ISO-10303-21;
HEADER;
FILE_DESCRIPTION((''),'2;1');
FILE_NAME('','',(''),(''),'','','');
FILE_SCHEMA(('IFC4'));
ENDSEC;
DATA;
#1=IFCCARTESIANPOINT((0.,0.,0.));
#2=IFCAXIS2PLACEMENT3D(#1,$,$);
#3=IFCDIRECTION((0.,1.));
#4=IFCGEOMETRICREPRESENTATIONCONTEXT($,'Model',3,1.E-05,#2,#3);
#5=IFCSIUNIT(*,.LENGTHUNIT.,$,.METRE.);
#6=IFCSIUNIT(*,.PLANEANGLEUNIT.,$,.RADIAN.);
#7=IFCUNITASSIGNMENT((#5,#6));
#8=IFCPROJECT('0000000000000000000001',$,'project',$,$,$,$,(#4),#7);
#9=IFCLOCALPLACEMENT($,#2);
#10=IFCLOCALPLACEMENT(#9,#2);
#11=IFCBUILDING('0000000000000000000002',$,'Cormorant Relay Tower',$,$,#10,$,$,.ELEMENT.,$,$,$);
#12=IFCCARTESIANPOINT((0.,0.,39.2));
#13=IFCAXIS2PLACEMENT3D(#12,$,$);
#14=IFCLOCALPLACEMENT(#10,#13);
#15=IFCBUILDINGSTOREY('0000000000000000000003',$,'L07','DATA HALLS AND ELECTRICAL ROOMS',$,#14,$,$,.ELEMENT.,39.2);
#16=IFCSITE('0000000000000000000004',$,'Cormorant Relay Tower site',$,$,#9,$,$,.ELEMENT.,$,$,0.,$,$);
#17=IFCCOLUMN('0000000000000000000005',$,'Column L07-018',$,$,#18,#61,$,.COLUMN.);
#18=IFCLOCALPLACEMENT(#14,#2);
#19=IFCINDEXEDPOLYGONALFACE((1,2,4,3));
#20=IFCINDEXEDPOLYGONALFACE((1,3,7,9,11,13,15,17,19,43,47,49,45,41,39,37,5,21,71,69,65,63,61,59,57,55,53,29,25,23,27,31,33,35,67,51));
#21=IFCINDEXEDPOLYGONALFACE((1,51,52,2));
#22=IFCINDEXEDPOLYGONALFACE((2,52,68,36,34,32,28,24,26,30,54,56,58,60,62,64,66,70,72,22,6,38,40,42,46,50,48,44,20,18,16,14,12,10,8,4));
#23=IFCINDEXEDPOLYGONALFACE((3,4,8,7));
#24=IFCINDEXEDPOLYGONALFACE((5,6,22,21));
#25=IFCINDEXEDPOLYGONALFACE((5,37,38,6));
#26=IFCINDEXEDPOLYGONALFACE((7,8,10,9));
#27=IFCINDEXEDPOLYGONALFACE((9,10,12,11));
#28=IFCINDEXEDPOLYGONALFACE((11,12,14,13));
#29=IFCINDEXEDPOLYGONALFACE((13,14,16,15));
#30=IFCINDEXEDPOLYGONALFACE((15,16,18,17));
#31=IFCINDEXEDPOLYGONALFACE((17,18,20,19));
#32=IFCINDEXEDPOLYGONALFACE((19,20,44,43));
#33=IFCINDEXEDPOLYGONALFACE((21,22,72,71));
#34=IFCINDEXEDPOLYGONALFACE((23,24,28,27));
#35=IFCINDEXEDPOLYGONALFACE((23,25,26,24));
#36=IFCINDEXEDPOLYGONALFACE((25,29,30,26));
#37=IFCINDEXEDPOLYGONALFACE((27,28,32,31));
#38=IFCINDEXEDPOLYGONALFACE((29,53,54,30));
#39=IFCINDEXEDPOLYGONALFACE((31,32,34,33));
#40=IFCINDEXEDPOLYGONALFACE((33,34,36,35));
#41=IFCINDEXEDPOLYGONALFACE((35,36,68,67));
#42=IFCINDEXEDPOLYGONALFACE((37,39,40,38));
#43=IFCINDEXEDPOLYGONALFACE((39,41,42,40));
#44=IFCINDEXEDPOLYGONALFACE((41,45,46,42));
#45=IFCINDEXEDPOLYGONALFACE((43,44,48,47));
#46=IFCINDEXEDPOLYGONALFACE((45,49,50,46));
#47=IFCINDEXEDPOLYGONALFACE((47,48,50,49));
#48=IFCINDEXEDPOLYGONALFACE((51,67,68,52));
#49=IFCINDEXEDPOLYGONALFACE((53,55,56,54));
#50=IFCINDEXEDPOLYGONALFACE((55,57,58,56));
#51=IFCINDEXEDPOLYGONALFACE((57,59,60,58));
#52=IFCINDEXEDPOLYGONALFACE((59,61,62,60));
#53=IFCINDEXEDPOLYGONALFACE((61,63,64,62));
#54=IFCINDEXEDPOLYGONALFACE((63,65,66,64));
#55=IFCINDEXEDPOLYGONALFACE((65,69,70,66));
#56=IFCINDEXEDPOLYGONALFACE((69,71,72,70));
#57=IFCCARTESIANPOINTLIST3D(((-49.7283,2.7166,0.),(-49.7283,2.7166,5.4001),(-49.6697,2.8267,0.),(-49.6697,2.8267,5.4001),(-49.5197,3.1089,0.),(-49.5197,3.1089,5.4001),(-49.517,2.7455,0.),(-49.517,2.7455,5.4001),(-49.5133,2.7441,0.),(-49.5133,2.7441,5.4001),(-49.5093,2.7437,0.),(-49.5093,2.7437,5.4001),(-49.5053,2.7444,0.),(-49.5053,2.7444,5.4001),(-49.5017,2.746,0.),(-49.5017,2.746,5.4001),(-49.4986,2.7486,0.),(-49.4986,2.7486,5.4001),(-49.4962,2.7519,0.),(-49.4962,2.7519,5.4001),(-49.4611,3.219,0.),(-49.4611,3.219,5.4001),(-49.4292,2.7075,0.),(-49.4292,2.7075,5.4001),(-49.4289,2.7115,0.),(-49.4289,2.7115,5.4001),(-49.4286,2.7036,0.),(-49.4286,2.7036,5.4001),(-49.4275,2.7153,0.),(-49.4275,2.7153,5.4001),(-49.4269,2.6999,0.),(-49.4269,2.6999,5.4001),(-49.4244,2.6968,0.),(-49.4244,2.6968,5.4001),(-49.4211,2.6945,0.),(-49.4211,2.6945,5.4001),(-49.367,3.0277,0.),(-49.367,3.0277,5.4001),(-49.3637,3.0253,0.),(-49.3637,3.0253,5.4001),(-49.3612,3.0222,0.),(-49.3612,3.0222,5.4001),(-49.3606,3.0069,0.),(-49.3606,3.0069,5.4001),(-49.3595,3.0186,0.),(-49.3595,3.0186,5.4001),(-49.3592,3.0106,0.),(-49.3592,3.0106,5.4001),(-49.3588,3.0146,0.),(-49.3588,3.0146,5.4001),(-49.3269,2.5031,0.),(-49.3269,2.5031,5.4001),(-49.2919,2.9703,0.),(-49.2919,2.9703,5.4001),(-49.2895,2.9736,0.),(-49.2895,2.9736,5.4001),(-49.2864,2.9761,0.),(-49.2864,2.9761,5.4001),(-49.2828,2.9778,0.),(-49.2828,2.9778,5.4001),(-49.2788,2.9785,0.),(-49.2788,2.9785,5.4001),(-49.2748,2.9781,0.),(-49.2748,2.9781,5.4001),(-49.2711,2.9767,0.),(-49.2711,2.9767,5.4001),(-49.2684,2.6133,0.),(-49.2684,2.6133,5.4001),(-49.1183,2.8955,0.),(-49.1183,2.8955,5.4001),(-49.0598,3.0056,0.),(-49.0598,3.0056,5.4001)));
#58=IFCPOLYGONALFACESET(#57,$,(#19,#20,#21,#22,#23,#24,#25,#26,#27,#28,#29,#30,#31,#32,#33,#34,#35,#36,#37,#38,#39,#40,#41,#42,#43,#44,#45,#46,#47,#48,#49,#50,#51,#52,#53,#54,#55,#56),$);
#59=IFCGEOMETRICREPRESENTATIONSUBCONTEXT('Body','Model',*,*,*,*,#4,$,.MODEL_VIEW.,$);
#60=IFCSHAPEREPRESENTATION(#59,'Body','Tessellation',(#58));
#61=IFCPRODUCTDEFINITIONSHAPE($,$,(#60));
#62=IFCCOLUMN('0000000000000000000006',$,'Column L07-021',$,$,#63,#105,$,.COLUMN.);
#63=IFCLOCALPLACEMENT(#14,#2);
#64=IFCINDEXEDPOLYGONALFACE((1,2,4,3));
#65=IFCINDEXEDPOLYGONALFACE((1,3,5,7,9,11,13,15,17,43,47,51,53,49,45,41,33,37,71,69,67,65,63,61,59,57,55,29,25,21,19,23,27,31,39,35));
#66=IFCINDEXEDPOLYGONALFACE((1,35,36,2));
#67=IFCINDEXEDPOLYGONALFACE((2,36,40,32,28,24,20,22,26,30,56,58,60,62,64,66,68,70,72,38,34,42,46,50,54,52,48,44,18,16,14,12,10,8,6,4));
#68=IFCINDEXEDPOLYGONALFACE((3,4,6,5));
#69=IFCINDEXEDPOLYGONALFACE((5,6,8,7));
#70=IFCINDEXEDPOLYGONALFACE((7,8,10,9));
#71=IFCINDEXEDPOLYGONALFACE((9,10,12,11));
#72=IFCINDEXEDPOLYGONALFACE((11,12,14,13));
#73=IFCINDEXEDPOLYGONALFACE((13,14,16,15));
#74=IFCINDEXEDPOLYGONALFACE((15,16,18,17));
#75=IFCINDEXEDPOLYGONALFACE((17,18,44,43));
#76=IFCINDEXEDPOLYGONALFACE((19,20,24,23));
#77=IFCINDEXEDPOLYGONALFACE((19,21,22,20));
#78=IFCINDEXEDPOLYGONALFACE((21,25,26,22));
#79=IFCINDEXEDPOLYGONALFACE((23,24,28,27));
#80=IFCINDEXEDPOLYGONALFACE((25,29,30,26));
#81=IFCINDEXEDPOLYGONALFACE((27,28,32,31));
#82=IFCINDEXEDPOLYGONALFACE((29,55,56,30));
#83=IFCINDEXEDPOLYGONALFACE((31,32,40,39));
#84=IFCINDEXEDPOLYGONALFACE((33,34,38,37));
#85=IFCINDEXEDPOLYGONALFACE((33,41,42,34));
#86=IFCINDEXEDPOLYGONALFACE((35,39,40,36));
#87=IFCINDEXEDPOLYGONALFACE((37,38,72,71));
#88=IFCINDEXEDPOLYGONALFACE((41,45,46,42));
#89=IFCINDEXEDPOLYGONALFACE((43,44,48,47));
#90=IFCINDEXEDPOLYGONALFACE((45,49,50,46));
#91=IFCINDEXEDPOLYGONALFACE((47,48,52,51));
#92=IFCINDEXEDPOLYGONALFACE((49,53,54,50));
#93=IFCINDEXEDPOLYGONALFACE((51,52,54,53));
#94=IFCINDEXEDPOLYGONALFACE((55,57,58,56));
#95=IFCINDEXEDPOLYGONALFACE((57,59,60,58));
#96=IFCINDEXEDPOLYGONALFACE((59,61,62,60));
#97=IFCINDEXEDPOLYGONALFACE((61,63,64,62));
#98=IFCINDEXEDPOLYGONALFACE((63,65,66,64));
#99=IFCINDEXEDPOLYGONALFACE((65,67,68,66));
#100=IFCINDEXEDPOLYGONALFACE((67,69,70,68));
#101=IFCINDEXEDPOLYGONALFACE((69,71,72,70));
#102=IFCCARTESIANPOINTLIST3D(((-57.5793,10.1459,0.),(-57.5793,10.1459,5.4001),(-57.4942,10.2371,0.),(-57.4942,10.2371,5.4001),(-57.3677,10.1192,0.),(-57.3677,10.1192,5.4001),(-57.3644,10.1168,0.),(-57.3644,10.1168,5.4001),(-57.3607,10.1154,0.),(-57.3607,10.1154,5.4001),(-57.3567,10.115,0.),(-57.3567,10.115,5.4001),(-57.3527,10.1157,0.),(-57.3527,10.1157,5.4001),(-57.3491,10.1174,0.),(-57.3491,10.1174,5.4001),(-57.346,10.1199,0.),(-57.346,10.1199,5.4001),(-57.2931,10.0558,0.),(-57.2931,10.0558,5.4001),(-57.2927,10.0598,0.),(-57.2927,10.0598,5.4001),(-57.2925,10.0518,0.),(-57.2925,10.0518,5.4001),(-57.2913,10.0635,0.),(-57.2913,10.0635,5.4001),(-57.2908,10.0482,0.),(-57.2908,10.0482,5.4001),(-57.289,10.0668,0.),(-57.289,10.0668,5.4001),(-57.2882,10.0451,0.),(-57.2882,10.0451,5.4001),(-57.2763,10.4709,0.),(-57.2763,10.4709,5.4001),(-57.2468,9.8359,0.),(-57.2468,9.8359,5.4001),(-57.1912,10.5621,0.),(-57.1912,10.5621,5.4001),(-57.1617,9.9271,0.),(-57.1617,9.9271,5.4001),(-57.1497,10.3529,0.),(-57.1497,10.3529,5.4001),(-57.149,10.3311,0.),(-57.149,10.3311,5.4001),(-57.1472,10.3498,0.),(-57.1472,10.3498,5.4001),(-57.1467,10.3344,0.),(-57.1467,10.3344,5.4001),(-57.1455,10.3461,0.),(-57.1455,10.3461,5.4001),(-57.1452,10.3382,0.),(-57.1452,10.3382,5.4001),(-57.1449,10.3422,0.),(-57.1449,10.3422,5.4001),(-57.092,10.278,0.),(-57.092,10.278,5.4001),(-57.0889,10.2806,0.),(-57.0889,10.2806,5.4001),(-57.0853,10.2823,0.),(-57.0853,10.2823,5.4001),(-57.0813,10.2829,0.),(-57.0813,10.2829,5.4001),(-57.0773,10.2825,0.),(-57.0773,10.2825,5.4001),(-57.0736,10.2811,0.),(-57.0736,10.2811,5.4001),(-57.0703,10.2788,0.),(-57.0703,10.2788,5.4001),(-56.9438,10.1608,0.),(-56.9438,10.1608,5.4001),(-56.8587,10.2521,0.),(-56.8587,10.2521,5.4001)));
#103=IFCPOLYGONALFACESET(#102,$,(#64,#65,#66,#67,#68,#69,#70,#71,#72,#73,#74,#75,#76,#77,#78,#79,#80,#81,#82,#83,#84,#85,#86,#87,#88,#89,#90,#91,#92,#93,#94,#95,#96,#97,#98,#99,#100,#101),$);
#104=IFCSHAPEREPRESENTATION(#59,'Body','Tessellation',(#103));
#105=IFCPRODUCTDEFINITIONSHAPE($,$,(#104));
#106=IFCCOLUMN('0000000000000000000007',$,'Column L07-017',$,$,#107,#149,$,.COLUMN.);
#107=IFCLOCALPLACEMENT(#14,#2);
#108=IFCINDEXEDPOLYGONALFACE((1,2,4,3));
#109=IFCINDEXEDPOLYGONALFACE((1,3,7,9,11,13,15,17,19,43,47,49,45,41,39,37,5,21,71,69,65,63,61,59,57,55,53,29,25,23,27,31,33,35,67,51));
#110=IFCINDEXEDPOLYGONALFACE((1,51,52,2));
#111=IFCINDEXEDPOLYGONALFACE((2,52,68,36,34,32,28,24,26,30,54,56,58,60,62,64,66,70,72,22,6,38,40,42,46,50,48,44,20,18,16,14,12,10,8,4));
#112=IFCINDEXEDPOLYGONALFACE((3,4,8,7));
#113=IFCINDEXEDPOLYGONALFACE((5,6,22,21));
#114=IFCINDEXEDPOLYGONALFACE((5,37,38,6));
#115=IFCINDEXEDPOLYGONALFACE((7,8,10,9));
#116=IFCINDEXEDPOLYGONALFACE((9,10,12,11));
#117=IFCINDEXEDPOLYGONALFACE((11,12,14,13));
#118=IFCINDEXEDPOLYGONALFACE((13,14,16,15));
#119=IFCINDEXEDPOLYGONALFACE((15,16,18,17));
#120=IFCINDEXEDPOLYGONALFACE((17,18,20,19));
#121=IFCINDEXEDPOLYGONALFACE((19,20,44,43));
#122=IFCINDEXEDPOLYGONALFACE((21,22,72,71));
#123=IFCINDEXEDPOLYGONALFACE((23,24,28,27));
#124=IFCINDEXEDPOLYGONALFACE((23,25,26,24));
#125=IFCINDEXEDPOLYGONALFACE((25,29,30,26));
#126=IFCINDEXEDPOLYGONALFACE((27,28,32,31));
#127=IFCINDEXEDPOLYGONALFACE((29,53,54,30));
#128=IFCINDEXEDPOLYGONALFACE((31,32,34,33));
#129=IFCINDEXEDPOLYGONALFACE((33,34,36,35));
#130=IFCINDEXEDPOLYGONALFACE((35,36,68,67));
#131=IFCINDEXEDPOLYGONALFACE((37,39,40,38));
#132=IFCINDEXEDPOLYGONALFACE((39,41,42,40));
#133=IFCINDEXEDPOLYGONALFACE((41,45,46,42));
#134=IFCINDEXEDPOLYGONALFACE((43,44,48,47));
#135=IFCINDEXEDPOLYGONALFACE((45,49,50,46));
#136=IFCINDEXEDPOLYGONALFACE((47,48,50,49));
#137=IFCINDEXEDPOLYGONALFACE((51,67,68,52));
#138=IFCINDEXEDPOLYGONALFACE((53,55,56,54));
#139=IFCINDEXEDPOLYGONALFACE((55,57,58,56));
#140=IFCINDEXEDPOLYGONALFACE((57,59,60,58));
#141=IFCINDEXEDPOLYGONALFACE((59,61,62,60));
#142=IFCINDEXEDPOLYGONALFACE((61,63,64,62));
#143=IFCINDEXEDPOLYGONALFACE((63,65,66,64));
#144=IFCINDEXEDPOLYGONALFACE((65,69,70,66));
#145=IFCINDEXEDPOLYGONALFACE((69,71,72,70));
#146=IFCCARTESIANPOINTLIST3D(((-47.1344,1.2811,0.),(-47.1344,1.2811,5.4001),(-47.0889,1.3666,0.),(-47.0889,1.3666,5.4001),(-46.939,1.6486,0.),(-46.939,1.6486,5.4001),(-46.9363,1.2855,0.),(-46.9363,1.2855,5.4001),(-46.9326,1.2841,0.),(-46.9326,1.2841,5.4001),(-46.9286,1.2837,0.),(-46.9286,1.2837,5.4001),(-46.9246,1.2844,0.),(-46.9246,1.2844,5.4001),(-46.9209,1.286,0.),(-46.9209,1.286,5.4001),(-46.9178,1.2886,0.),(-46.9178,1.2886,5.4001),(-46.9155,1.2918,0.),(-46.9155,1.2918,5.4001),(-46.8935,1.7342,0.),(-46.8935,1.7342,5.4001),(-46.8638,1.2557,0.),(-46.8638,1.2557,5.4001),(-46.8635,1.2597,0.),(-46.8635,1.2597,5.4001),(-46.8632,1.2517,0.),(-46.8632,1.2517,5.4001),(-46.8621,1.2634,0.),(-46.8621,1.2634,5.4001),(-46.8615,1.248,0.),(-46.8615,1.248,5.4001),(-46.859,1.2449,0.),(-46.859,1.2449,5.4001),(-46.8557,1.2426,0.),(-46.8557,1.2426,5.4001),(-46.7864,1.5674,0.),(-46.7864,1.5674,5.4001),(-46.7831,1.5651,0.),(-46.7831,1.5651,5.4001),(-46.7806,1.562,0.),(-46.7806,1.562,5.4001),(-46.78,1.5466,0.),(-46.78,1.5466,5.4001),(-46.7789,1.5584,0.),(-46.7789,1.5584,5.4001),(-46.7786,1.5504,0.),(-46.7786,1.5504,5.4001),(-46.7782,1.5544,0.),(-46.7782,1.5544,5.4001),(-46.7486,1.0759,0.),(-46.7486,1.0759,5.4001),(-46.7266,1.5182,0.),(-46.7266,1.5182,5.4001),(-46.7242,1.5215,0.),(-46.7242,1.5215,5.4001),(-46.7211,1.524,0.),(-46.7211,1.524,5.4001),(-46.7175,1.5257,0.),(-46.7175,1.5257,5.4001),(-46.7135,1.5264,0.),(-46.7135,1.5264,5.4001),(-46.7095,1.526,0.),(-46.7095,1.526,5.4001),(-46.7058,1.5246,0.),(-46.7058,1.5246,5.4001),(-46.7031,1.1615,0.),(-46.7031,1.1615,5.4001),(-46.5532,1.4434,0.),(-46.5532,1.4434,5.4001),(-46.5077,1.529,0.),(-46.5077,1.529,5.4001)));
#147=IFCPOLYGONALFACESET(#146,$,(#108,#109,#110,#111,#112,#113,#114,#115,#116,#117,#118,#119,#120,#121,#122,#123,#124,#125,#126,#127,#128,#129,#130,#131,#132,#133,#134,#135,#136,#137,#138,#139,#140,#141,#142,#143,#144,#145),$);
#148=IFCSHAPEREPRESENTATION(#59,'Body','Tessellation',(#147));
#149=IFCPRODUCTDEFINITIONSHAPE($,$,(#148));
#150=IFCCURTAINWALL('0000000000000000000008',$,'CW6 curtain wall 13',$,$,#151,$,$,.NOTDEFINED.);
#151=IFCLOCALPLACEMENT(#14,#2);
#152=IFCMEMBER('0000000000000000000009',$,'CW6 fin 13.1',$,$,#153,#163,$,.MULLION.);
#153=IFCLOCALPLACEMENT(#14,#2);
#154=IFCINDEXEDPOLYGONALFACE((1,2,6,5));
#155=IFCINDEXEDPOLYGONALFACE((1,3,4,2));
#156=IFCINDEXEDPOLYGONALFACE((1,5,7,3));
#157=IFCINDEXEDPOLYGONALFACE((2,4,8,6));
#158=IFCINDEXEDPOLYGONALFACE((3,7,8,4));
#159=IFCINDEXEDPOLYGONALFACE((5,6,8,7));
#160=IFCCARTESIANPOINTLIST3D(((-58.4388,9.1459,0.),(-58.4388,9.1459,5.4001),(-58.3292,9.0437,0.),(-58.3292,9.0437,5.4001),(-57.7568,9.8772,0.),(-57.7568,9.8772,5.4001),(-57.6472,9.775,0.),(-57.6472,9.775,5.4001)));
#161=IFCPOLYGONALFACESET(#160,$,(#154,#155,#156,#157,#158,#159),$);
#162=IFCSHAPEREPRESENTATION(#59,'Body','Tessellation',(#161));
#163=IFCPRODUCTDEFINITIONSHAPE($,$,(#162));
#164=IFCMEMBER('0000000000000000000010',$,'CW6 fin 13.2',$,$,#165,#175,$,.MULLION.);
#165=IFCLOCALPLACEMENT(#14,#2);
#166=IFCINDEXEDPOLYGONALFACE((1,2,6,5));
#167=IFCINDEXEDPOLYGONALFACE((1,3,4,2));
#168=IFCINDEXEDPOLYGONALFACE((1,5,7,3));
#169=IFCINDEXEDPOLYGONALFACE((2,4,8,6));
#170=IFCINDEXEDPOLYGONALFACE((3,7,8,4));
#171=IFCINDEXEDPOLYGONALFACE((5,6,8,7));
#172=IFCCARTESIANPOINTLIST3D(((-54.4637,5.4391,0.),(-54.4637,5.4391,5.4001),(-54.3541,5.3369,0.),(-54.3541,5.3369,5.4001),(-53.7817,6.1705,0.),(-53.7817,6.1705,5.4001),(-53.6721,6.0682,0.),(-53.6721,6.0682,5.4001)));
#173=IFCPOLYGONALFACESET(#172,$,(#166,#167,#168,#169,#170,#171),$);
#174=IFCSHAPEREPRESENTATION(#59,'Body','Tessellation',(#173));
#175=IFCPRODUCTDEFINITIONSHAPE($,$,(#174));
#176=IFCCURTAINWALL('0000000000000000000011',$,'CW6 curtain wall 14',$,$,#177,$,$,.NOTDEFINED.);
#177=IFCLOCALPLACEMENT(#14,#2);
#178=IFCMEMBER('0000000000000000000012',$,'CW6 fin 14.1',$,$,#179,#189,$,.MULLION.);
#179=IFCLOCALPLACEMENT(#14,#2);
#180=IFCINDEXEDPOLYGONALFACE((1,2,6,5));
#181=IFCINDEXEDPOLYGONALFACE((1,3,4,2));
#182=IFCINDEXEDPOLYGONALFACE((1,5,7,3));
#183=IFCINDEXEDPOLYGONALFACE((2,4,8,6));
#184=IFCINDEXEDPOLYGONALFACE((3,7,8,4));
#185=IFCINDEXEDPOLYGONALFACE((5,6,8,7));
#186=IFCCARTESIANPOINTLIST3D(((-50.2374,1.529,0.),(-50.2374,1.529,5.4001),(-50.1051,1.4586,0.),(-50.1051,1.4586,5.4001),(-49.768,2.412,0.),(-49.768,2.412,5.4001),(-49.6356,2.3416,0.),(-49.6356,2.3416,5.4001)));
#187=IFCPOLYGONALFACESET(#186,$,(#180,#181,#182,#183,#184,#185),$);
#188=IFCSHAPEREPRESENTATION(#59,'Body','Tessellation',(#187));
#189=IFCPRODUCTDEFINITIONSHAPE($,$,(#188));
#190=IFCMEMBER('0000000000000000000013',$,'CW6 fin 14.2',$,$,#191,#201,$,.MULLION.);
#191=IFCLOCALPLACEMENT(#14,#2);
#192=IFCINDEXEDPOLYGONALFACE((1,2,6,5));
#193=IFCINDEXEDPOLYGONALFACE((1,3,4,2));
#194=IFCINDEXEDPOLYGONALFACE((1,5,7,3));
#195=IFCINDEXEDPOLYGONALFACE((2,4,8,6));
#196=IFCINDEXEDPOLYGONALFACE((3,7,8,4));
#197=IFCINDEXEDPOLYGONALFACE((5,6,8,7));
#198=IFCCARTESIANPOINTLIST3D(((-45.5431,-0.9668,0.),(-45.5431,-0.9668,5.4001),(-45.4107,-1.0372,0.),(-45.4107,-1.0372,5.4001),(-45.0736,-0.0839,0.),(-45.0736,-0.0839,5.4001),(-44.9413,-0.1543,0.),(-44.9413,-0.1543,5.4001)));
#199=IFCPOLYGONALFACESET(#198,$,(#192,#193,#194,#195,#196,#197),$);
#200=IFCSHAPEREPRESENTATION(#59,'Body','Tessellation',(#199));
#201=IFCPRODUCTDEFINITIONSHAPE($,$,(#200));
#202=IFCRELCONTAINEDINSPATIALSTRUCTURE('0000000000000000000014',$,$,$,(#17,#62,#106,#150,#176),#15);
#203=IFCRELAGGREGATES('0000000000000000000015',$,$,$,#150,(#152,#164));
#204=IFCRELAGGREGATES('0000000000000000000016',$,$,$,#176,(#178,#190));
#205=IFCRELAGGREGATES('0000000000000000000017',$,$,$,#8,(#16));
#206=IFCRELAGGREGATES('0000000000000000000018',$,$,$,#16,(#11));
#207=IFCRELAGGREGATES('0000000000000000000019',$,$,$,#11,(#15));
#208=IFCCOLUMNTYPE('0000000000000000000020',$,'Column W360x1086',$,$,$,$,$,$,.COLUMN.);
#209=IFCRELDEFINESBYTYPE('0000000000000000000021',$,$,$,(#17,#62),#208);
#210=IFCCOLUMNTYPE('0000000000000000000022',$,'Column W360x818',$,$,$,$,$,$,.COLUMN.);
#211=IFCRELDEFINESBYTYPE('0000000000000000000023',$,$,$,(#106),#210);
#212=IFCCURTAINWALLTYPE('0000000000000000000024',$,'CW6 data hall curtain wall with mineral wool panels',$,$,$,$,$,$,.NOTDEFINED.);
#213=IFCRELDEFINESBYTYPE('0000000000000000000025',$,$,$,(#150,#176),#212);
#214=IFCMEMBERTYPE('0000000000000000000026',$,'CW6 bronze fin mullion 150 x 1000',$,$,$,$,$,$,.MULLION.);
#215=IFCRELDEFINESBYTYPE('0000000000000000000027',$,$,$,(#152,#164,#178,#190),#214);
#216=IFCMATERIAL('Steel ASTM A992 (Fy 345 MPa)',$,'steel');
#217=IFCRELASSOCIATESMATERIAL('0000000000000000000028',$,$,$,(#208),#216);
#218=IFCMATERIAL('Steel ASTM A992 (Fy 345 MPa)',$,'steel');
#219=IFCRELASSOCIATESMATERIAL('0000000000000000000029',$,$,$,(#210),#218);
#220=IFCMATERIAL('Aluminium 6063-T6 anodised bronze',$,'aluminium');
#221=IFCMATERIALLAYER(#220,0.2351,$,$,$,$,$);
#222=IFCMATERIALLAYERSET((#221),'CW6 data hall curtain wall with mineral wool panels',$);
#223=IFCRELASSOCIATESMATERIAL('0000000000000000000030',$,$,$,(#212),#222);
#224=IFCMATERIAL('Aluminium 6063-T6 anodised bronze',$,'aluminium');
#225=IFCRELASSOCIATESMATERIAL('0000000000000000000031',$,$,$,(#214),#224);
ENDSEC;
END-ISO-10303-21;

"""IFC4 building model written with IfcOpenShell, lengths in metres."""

from ifc_helpers import new_model, si_unit, direction, frame, origin, origin_2d, place, context, subcontext, project, spatial, rectangle, i_section, extrude, material, layer, layer_set, material_profile, profile_set, type_object, element, aggregate, save


model = new_model("IFC4")

# Units and contexts
model_context = context("Model", 3, precision=1e-05, world=origin(), true_north=direction((0.0, 1.0)))
body_context = subcontext(model_context, "Body", "Model", "MODEL_VIEW")
ifc_project = project(units=[si_unit("LENGTHUNIT", "METRE"), si_unit("PLANEANGLEUNIT", "RADIAN")], contexts=[model_context])

# Site, building, storey
site_placement = place(None, origin())
site = spatial("IfcSite", under=ifc_project, at=site_placement, Name="Cormorant Relay Tower site", CompositionType="ELEMENT", RefElevation=0.0)
building_placement = place(site_placement, origin())
building = spatial("IfcBuilding", under=site, at=building_placement, Name="Cormorant Relay Tower", CompositionType="ELEMENT")
storey_placement = place(building_placement, frame((0.0, 0.0, 39.2)))
storey = spatial("IfcBuildingStorey", under=building, at=storey_placement, Name="L07", Description="DATA HALLS AND ELECTRICAL ROOMS", CompositionType="ELEMENT", Elevation=39.2)

# Columns
ifc_material_1 = material(Name="Steel ASTM A992 (Fy 345 MPa)", Category="steel")
ifc_material_profile_1 = material_profile(ifc_material_1, i_section(OverallWidth=0.4546, OverallDepth=0.5691, WebThickness=0.0779, FlangeThickness=0.1248, FilletRadius=0.0154, at=origin_2d()), Name="W360x1086")
ifc_profile_set_1 = profile_set([ifc_material_profile_1], Name="Steel ASTM A992 (Fy 345 MPa)")
column_type_1 = type_object("IfcColumnType", Name="Column W360x1086", PredefinedType="COLUMN", material=ifc_profile_set_1)
for number, where, z_axis, x_axis, name in (
    (1, (-49.394, 2.8611, 0.0), (0.0, 0.0, 1.0), (0.882948, -0.469472, 0.0), "Column L07-018"),
    (2, (-57.219, 10.199, 0.0), (0.0, 0.0, 1.0), (0.731354, -0.681998, 0.0), "Column L07-021"),
):
    element("IfcColumn", number, at=place(storey_placement, frame(where, z_axis=z_axis, x_axis=x_axis)), inside=storey, type_object=column_type_1, Name=name, PredefinedType="COLUMN", context=body_context, shape_type="SweptSolid", body=[
        extrude(i_section(OverallWidth=0.4546, OverallDepth=0.5691, WebThickness=0.0779, FlangeThickness=0.1248, FilletRadius=0.0154, at=origin_2d()), origin(), (0.0, 0.0, 1.0), 5.4001),
    ])
ifc_material_2 = material(Name="Steel ASTM A992 (Fy 345 MPa)", Category="steel")
ifc_material_profile_2 = material_profile(ifc_material_2, i_section(OverallWidth=0.437, OverallDepth=0.5132, WebThickness=0.0605, FlangeThickness=0.0969, FilletRadius=0.0154, at=origin_2d()), Name="W360x818")
ifc_profile_set_2 = profile_set([ifc_material_profile_2], Name="Steel ASTM A992 (Fy 345 MPa)")
column_type_2 = type_object("IfcColumnType", Name="Column W360x818", PredefinedType="COLUMN", material=ifc_profile_set_2)
column_placement = place(storey_placement, frame((-46.821, 1.405, 0.0), z_axis=(0.0, 0.0, 1.0), x_axis=(0.882948, -0.469472, 0.0)))
element("IfcColumn", 3, at=column_placement, inside=storey, type_object=column_type_2, Name="Column L07-017", PredefinedType="COLUMN", context=body_context, shape_type="SweptSolid", body=[
    extrude(i_section(OverallWidth=0.437, OverallDepth=0.5132, WebThickness=0.0605, FlangeThickness=0.0969, FilletRadius=0.0154, at=origin_2d()), origin(), (0.0, 0.0, 1.0), 5.4001),
])

# Curtain walls, members
ifc_material_3 = material(Name="Aluminium 6063-T6 anodised bronze", Category="aluminium")
ifc_layer_1 = layer(ifc_material_3, 0.2351)
ifc_layer_set_1 = layer_set([ifc_layer_1], Name="CW6 data hall curtain wall with mineral wool panels")
curtain_wall_type = type_object("IfcCurtainWallType", Name="CW6 data hall curtain wall with mineral wool panels", PredefinedType="NOTDEFINED", material=ifc_layer_set_1)
curtain_wall_1_placement = place(storey_placement, origin())
curtain_wall_1 = element("IfcCurtainWall", 4, at=curtain_wall_1_placement, inside=storey, type_object=curtain_wall_type, Name="CW6 curtain wall 13", PredefinedType="NOTDEFINED")
ifc_material_4 = material(Name="Aluminium 6063-T6 anodised bronze", Category="aluminium")
ifc_material_profile_3 = material_profile(ifc_material_4, rectangle(XDim=0.1499, YDim=1.0, at=origin_2d()), Name="AL 150x1000")
ifc_profile_set_3 = profile_set([ifc_material_profile_3], Name="Aluminium 6063-T6 anodised bronze")
member_type_1 = type_object("IfcMemberType", Name="CW6 bronze fin mullion 150 x 1000", PredefinedType="MULLION", material=ifc_profile_set_3)
member_1_placement = place(storey_placement, frame((-58.043, 9.4604, 0.0), z_axis=(0.0, 0.0, 1.0), x_axis=(0.731354, -0.681998, 0.0)))
member_1 = element("IfcMember", 5, at=member_1_placement, type_object=member_type_1, Name="CW6 fin 13.1", PredefinedType="MULLION", context=body_context, shape_type="SweptSolid", body=[
    extrude(rectangle(XDim=0.1499, YDim=1.0, at=origin_2d()), origin(), (0.0, 0.0, 1.0), 5.4001),
])
member_2_placement = place(storey_placement, frame((-54.0679, 5.7537, 0.0), z_axis=(0.0, 0.0, 1.0), x_axis=(0.731354, -0.681998, 0.0)))
member_2 = element("IfcMember", 6, at=member_2_placement, type_object=member_type_1, Name="CW6 fin 13.2", PredefinedType="MULLION", context=body_context, shape_type="SweptSolid", body=[
    extrude(rectangle(XDim=0.1499, YDim=1.0, at=origin_2d()), origin(), (0.0, 0.0, 1.0), 5.4001),
])
curtain_wall_2_placement = place(storey_placement, origin())
curtain_wall_2 = element("IfcCurtainWall", 7, at=curtain_wall_2_placement, inside=storey, type_object=curtain_wall_type, Name="CW6 curtain wall 14", PredefinedType="NOTDEFINED")
member_3_placement = place(storey_placement, frame((-49.9365, 1.9353, 0.0), z_axis=(0.0, 0.0, 1.0), x_axis=(0.882948, -0.469472, 0.0)))
member_3 = element("IfcMember", 8, at=member_3_placement, type_object=member_type_1, Name="CW6 fin 14.1", PredefinedType="MULLION", context=body_context, shape_type="SweptSolid", body=[
    extrude(rectangle(XDim=0.1499, YDim=1.0, at=origin_2d()), origin(), (0.0, 0.0, 1.0), 5.4001),
])
member_4_placement = place(storey_placement, frame((-45.2422, -0.5605, 0.0), z_axis=(0.0, 0.0, 1.0), x_axis=(0.882948, -0.469472, 0.0)))
member_4 = element("IfcMember", 9, at=member_4_placement, type_object=member_type_1, Name="CW6 fin 14.2", PredefinedType="MULLION", context=body_context, shape_type="SweptSolid", body=[
    extrude(rectangle(XDim=0.1499, YDim=1.0, at=origin_2d()), origin(), (0.0, 0.0, 1.0), 5.4001),
])

aggregate(curtain_wall_1, [member_1, member_2])
aggregate(curtain_wall_2, [member_3, member_4])

save(model, "model.ifc")
